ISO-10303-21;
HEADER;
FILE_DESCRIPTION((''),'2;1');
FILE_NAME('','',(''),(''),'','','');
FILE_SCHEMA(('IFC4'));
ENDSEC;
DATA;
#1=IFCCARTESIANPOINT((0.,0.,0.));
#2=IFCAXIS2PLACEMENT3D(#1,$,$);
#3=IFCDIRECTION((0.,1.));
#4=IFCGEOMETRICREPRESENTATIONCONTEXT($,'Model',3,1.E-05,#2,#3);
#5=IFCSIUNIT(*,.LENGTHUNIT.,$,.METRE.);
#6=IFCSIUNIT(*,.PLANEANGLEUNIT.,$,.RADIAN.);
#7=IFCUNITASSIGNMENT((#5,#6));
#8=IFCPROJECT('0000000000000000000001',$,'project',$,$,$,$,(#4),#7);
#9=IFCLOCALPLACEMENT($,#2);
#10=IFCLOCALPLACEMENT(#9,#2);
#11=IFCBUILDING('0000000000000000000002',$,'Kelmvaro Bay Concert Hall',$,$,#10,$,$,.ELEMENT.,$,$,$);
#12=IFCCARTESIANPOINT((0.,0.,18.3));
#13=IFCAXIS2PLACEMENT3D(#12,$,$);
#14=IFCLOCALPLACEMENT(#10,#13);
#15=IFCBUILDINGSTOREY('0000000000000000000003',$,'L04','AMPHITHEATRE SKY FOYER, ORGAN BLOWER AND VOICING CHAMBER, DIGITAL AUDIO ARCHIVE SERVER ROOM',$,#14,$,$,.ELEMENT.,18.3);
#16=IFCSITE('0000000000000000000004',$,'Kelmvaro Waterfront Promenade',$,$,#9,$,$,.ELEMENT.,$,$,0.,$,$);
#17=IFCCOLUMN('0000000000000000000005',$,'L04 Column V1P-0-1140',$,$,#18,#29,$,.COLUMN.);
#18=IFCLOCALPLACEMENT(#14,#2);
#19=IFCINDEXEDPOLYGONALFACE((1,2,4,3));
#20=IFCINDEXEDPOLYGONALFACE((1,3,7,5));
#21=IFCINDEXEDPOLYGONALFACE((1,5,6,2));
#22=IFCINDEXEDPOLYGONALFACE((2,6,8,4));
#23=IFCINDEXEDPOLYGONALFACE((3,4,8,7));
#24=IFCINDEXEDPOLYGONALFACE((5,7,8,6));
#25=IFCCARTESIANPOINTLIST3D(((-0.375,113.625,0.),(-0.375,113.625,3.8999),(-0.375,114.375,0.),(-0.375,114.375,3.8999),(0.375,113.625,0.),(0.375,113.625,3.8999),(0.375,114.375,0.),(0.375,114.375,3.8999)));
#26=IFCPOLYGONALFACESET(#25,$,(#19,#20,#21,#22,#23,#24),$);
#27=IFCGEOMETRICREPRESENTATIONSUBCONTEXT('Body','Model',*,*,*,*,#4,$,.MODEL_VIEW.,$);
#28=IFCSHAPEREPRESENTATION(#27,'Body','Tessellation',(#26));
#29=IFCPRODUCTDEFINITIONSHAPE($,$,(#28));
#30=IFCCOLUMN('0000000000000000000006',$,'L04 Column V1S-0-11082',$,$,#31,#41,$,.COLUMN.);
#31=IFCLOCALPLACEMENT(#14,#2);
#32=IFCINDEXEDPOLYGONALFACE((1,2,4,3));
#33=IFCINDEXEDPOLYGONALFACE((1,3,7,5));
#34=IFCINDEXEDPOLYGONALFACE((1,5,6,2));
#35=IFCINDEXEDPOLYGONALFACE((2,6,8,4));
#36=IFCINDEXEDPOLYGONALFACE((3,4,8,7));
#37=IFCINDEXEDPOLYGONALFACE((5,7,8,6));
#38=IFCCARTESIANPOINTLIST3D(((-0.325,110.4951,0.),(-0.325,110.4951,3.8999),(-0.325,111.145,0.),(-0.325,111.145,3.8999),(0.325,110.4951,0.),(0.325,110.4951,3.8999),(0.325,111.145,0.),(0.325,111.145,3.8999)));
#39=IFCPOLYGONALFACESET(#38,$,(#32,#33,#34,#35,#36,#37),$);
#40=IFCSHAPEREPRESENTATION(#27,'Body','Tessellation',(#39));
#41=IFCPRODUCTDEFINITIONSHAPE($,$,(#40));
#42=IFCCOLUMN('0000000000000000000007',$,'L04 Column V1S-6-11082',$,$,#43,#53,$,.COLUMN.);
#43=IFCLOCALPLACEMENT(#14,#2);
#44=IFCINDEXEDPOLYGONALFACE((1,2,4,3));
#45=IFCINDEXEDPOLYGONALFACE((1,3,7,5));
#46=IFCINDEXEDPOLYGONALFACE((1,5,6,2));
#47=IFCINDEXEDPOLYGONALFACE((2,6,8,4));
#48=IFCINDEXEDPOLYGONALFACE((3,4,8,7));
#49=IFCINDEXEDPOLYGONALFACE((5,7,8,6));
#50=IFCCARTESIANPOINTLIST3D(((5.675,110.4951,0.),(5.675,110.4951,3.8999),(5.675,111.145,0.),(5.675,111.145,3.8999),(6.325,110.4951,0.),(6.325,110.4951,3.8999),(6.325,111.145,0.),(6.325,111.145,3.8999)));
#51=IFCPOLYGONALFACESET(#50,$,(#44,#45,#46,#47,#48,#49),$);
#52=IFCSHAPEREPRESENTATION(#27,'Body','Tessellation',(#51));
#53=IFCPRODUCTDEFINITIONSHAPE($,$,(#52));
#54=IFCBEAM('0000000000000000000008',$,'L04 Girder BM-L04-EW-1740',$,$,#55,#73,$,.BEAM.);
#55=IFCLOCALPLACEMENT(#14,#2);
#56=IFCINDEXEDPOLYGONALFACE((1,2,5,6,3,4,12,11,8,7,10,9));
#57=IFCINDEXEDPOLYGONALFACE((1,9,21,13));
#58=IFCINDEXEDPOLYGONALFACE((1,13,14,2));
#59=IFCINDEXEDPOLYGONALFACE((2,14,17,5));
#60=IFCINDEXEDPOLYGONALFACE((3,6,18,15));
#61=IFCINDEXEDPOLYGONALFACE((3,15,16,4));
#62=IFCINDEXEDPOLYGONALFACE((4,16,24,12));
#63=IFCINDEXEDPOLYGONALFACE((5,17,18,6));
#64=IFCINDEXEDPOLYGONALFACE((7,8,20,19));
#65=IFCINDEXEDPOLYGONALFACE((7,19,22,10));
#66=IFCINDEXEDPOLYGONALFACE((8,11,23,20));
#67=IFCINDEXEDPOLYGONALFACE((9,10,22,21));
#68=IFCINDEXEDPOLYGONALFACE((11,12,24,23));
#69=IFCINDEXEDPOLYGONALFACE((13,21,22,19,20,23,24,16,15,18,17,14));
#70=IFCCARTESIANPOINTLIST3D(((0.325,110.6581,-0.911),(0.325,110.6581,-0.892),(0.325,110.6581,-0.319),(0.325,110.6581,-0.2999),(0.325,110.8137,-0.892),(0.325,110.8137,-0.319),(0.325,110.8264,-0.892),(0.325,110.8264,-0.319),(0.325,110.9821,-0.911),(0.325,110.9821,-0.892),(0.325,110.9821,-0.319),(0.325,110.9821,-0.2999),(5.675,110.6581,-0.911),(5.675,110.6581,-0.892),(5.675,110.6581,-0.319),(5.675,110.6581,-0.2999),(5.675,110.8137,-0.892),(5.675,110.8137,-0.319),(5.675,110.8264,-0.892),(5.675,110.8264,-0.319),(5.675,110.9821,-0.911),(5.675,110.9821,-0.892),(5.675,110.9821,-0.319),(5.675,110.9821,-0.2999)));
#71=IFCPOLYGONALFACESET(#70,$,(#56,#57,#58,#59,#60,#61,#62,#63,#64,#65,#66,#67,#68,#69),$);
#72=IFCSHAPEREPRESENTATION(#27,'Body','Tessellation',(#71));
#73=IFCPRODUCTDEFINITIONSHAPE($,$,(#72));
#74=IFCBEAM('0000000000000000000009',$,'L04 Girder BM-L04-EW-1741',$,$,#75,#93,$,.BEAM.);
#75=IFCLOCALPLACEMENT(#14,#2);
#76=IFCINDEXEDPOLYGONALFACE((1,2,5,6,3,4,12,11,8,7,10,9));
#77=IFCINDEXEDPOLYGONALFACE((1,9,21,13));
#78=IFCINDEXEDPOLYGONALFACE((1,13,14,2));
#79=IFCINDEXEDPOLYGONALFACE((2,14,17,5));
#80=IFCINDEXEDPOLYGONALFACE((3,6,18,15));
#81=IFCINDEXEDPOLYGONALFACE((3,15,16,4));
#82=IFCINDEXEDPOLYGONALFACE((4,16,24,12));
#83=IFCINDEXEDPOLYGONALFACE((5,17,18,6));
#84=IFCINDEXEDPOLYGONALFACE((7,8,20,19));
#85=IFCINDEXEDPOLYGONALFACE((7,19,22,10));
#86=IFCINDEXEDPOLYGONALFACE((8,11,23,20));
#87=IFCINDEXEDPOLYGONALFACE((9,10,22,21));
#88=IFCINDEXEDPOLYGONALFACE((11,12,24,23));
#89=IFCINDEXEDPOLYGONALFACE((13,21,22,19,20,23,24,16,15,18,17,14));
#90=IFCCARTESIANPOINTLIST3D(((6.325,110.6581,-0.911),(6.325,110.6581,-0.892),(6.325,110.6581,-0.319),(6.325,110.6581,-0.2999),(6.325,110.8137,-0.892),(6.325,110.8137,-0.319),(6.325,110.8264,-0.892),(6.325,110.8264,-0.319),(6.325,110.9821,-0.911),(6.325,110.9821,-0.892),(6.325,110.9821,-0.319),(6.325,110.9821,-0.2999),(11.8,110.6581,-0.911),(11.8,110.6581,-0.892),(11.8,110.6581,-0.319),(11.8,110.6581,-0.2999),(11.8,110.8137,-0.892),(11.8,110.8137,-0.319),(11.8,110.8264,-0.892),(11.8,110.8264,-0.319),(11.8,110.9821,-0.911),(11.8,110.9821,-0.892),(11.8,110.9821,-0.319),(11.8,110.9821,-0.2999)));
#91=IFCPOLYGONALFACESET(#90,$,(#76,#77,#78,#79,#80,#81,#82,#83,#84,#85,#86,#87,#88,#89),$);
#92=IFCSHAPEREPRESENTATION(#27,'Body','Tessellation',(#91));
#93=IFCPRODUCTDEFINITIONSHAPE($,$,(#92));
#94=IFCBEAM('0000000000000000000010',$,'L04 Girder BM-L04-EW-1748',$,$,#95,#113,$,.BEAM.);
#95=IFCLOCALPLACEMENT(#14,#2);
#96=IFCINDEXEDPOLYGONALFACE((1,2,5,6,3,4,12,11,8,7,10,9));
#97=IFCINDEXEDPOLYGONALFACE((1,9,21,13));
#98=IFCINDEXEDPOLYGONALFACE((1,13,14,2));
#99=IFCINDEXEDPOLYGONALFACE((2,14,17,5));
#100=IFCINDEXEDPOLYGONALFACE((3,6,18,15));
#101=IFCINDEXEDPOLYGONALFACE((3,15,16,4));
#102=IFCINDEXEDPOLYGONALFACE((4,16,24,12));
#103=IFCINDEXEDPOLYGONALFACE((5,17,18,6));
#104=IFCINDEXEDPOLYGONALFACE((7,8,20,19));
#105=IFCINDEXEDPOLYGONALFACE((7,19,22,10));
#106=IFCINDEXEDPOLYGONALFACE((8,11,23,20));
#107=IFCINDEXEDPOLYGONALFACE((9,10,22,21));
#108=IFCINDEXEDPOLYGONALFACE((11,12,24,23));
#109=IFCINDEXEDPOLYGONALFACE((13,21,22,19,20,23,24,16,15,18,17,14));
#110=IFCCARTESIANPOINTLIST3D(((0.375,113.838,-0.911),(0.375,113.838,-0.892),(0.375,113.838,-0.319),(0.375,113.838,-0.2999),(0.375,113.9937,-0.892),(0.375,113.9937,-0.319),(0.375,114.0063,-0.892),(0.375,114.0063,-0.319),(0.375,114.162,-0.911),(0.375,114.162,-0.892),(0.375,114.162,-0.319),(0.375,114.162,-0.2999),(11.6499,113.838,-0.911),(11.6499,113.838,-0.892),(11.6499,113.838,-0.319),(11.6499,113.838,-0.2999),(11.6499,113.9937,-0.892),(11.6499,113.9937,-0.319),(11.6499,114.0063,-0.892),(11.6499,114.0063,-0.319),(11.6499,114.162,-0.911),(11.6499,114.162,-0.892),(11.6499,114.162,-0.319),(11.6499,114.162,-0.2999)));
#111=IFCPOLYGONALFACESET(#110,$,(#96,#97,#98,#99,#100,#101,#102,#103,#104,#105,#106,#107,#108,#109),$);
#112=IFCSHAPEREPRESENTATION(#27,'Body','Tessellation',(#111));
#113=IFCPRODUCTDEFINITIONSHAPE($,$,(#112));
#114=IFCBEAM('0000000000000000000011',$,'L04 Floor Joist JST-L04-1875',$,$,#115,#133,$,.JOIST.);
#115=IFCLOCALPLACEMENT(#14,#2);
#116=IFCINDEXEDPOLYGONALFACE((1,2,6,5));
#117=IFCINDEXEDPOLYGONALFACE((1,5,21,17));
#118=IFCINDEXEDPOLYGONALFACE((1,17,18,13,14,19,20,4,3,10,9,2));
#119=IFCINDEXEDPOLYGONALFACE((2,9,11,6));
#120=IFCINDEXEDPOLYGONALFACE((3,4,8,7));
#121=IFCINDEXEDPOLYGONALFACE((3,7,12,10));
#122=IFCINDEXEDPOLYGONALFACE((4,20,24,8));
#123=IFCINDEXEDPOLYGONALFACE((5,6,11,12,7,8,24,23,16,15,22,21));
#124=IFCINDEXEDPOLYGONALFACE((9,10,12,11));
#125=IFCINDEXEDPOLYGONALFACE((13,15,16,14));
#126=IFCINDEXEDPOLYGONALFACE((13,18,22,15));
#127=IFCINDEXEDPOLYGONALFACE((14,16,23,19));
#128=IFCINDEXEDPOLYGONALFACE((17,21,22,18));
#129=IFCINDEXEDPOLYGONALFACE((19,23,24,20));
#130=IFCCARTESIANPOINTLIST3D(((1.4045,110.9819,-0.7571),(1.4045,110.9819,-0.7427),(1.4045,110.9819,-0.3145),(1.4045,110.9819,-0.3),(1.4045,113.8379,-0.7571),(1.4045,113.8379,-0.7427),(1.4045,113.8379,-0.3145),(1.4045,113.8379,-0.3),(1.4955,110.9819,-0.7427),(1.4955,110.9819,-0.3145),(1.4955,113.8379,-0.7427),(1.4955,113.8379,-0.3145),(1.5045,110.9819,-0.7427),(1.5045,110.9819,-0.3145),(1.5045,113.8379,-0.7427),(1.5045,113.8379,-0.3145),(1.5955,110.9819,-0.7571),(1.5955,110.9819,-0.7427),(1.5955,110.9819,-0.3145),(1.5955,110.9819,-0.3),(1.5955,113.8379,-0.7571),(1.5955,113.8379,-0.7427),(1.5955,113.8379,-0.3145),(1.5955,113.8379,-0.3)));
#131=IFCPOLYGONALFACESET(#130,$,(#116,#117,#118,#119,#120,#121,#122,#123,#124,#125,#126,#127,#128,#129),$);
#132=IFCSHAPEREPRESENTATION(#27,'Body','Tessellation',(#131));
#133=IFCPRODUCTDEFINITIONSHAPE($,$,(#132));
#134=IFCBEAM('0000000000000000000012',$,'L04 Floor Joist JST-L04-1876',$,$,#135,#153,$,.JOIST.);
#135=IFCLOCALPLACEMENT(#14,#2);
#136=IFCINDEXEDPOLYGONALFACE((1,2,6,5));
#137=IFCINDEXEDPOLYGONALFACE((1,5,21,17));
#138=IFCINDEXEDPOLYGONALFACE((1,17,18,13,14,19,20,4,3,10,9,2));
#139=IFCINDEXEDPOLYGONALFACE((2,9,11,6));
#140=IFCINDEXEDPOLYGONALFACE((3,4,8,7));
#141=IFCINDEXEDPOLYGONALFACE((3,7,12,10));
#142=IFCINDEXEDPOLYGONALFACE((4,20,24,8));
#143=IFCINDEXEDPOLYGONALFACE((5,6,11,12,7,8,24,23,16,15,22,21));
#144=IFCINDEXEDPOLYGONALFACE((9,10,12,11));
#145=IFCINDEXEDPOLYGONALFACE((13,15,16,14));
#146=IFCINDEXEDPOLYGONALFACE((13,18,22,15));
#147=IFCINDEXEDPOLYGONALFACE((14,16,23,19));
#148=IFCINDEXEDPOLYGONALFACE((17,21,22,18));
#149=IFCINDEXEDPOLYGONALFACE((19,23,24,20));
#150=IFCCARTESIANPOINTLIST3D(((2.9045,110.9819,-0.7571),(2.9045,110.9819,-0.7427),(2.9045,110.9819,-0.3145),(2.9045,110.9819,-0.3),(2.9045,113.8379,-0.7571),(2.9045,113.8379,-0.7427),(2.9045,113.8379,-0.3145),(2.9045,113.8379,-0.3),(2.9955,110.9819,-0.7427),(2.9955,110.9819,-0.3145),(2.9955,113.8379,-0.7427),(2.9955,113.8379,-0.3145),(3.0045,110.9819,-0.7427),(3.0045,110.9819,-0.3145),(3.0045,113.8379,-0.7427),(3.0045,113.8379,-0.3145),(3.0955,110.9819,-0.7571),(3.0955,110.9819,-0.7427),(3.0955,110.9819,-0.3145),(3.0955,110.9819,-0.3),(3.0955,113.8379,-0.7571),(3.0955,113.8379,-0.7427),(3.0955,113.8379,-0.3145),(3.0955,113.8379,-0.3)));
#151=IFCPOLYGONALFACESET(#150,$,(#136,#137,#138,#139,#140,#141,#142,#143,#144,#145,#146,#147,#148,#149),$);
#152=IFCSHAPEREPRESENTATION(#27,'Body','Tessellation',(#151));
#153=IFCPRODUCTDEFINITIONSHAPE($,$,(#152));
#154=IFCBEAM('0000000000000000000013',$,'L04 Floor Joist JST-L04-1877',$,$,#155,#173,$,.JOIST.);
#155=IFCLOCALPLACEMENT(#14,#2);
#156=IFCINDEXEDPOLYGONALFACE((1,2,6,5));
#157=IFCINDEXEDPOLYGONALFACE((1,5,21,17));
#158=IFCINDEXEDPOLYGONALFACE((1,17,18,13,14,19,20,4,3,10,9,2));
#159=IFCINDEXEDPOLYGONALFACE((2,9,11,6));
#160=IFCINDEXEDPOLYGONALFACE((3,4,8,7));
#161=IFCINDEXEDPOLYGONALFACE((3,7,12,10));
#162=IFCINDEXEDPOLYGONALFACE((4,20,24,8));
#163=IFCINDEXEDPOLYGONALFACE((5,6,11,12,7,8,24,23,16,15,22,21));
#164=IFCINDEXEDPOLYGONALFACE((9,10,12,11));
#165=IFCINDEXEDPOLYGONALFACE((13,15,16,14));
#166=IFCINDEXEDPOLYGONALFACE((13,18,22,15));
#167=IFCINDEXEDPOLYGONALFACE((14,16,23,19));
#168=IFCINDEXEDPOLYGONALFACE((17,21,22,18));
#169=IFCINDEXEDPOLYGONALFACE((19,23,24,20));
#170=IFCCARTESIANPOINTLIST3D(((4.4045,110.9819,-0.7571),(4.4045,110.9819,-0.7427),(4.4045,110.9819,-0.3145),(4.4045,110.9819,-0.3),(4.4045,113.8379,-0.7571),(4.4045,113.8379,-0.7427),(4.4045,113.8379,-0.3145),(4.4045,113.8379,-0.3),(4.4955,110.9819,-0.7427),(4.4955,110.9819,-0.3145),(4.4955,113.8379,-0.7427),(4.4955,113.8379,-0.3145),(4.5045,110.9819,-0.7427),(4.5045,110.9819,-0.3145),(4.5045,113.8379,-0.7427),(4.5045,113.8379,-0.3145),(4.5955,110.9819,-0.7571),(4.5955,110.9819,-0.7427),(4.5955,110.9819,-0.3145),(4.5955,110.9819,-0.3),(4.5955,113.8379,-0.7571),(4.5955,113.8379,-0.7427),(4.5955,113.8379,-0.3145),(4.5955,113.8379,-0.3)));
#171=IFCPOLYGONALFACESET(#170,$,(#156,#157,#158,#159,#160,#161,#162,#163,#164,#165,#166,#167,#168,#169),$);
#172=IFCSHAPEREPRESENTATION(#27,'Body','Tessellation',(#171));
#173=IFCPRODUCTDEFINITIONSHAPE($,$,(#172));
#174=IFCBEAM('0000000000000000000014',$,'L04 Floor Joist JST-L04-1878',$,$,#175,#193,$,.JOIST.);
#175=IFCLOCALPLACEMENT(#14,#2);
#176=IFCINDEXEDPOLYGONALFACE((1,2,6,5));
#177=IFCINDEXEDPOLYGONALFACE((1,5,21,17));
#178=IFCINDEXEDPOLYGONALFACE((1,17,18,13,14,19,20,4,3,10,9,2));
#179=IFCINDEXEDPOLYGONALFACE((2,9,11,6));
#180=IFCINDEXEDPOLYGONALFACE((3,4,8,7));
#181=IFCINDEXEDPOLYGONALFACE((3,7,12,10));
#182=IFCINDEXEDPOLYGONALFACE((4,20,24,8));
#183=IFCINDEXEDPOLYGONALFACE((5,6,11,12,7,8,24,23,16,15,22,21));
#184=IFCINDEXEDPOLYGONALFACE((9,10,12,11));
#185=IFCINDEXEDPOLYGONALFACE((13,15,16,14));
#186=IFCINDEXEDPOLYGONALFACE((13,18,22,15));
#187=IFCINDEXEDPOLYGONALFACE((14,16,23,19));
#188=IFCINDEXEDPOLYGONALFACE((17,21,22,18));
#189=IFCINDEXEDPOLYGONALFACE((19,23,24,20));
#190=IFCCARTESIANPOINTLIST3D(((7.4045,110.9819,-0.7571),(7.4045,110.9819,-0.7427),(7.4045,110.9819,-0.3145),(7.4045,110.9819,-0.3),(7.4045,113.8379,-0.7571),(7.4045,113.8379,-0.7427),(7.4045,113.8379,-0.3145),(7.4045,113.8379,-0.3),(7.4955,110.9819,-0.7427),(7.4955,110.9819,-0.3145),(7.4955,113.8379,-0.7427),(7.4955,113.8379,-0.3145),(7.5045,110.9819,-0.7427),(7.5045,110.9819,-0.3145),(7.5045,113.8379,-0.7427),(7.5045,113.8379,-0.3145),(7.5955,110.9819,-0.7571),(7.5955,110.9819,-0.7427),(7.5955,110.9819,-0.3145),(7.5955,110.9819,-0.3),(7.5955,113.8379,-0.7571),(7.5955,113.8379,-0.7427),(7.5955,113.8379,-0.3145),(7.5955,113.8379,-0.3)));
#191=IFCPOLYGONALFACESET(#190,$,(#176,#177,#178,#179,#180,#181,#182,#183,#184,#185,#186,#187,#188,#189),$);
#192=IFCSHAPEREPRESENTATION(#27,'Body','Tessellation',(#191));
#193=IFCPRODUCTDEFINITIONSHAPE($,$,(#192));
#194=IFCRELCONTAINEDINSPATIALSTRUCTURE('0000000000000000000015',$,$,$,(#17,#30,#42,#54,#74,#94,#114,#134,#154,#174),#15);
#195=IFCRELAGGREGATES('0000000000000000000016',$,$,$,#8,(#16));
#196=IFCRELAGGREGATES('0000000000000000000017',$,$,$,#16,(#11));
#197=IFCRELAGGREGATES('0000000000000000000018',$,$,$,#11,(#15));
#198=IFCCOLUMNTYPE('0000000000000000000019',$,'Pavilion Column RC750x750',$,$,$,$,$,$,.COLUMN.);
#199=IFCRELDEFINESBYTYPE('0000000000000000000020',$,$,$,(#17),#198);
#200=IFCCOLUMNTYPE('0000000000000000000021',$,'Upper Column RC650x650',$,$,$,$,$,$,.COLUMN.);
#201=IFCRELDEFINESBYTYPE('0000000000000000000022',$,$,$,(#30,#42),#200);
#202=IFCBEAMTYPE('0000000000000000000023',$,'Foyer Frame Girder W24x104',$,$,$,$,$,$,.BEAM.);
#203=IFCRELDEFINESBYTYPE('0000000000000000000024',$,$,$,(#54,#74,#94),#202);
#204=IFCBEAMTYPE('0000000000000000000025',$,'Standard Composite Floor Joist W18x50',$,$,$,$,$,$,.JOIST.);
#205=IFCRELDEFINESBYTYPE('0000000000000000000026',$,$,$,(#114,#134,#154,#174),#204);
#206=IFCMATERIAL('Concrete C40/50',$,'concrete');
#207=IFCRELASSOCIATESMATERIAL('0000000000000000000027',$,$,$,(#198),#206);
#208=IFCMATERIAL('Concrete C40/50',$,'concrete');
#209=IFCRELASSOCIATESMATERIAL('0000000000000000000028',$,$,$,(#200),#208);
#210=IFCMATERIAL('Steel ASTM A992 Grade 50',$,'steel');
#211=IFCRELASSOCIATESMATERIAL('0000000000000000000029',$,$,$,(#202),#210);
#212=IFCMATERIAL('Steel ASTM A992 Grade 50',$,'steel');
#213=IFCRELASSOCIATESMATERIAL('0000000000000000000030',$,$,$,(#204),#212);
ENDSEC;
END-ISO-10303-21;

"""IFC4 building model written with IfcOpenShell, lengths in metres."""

from ifc_helpers import new_model, si_unit, direction, frame, origin, origin_2d, place, context, subcontext, project, spatial, rectangle, i_section, extrude, material, material_profile, profile_set, type_object, element, save


model = new_model("IFC4")

# Units and contexts
model_context = context("Model", 3, precision=1e-05, world=origin(), true_north=direction((0.0, 1.0)))
body_context = subcontext(model_context, "Body", "Model", "MODEL_VIEW")
ifc_project = project(units=[si_unit("LENGTHUNIT", "METRE"), si_unit("PLANEANGLEUNIT", "RADIAN")], contexts=[model_context])

# Site, building, storey
site_placement = place(None, origin())
site = spatial("IfcSite", under=ifc_project, at=site_placement, Name="Kelmvaro Waterfront Promenade", CompositionType="ELEMENT", RefElevation=0.0)
building_placement = place(site_placement, origin())
building = spatial("IfcBuilding", under=site, at=building_placement, Name="Kelmvaro Bay Concert Hall", CompositionType="ELEMENT")
storey_placement = place(building_placement, frame((0.0, 0.0, 18.3)))
storey = spatial("IfcBuildingStorey", under=building, at=storey_placement, Name="L04", Description="AMPHITHEATRE SKY FOYER, ORGAN BLOWER AND VOICING CHAMBER, DIGITAL AUDIO ARCHIVE SERVER ROOM", CompositionType="ELEMENT", Elevation=18.3)

# Columns
ifc_material_1 = material(Name="Concrete C40/50", Category="concrete")
ifc_material_profile_1 = material_profile(ifc_material_1, rectangle(XDim=0.75, YDim=0.75, at=origin_2d()), Name="RC-COL-750X750")
ifc_profile_set_1 = profile_set([ifc_material_profile_1], Name="Concrete C40/50")
column_type_1 = type_object("IfcColumnType", Name="Pavilion Column RC750x750", PredefinedType="COLUMN", material=ifc_profile_set_1)
column_placement = place(storey_placement, frame((0.0, 114.0, 0.0), z_axis=(0.0, 0.0, 1.0), x_axis=(1.0, 0.0, 0.0)))
element("IfcColumn", 1, at=column_placement, inside=storey, type_object=column_type_1, Name="L04 Column V1P-0-1140", PredefinedType="COLUMN", context=body_context, shape_type="SweptSolid", body=[
    extrude(rectangle(XDim=0.75, YDim=0.75, at=origin_2d()), origin(), (0.0, 0.0, 1.0), 3.8999),
])
ifc_material_2 = material(Name="Concrete C40/50", Category="concrete")
ifc_material_profile_2 = material_profile(ifc_material_2, rectangle(XDim=0.6499, YDim=0.6499, at=origin_2d()), Name="RC-COL-650X650")
ifc_profile_set_2 = profile_set([ifc_material_profile_2], Name="Concrete C40/50")
column_type_2 = type_object("IfcColumnType", Name="Upper Column RC650x650", PredefinedType="COLUMN", material=ifc_profile_set_2)
for number, where, z_axis, x_axis, name in (
    (2, (0.0, 110.8201, 0.0), (0.0, 0.0, 1.0), (1.0, 0.0, 0.0), "L04 Column V1S-0-11082"),
    (3, (6.0, 110.8201, 0.0), (0.0, 0.0, 1.0), (1.0, 0.0, 0.0), "L04 Column V1S-6-11082"),
):
    element("IfcColumn", number, at=place(storey_placement, frame(where, z_axis=z_axis, x_axis=x_axis)), inside=storey, type_object=column_type_2, Name=name, PredefinedType="COLUMN", context=body_context, shape_type="SweptSolid", body=[
        extrude(rectangle(XDim=0.6499, YDim=0.6499, at=origin_2d()), origin(), (0.0, 0.0, 1.0), 3.8999),
    ])

# Beams
ifc_material_3 = material(Name="Steel ASTM A992 Grade 50", Category="steel")
ifc_material_profile_3 = material_profile(ifc_material_3, i_section(OverallWidth=0.324, OverallDepth=0.6111, WebThickness=0.0127, FlangeThickness=0.019, at=origin_2d()), Name="W24X104")
ifc_profile_set_3 = profile_set([ifc_material_profile_3], Name="Steel ASTM A992 Grade 50")
beam_type_1 = type_object("IfcBeamType", Name="Foyer Frame Girder W24x104", PredefinedType="BEAM", material=ifc_profile_set_3)
beam_1_placement = place(storey_placement, frame((0.325, 110.8201, -0.6055), z_axis=(1.0, 0.0, 0.0), x_axis=(0.0, 1.0, 0.0)))
element("IfcBeam", 4, at=beam_1_placement, inside=storey, type_object=beam_type_1, Name="L04 Girder BM-L04-EW-1740", PredefinedType="BEAM", context=body_context, shape_type="SweptSolid", body=[
    extrude(i_section(OverallWidth=0.324, OverallDepth=0.6111, WebThickness=0.0127, FlangeThickness=0.019, at=origin_2d()), origin(), (0.0, 0.0, 1.0), 5.3501),
])
beam_2_placement = place(storey_placement, frame((6.325, 110.8201, -0.6055), z_axis=(1.0, 0.0, 0.0), x_axis=(0.0, 1.0, 0.0)))
element("IfcBeam", 5, at=beam_2_placement, inside=storey, type_object=beam_type_1, Name="L04 Girder BM-L04-EW-1741", PredefinedType="BEAM", context=body_context, shape_type="SweptSolid", body=[
    extrude(i_section(OverallWidth=0.324, OverallDepth=0.6111, WebThickness=0.0127, FlangeThickness=0.019, at=origin_2d()), origin(), (0.0, 0.0, 1.0), 5.4751),
])
beam_3_placement = place(storey_placement, frame((0.375, 114.0, -0.6055), z_axis=(1.0, 0.0, 0.0), x_axis=(0.0, 1.0, 0.0)))
element("IfcBeam", 6, at=beam_3_placement, inside=storey, type_object=beam_type_1, Name="L04 Girder BM-L04-EW-1748", PredefinedType="BEAM", context=body_context, shape_type="SweptSolid", body=[
    extrude(i_section(OverallWidth=0.324, OverallDepth=0.6111, WebThickness=0.0127, FlangeThickness=0.019, at=origin_2d()), origin(), (0.0, 0.0, 1.0), 11.2749),
])
ifc_material_4 = material(Name="Steel ASTM A992 Grade 50", Category="steel")
ifc_material_profile_4 = material_profile(ifc_material_4, i_section(OverallWidth=0.1909, OverallDepth=0.457, WebThickness=0.009, FlangeThickness=0.0144, at=origin_2d()), Name="W18X50")
ifc_profile_set_4 = profile_set([ifc_material_profile_4], Name="Steel ASTM A992 Grade 50")
beam_type_2 = type_object("IfcBeamType", Name="Standard Composite Floor Joist W18x50", PredefinedType="JOIST", material=ifc_profile_set_4)
for number, where, z_axis, x_axis, name in (
    (7, (1.5, 110.9819, -0.5286), (0.0, 1.0, 0.0), (-1.0, 0.0, 0.0), "L04 Floor Joist JST-L04-1875"),
    (8, (3.0, 110.9819, -0.5286), (0.0, 1.0, 0.0), (-1.0, 0.0, 0.0), "L04 Floor Joist JST-L04-1876"),
    (9, (4.5, 110.9819, -0.5286), (0.0, 1.0, 0.0), (-1.0, 0.0, 0.0), "L04 Floor Joist JST-L04-1877"),
    (10, (7.5, 110.9819, -0.5286), (0.0, 1.0, 0.0), (-1.0, 0.0, 0.0), "L04 Floor Joist JST-L04-1878"),
):
    element("IfcBeam", number, at=place(storey_placement, frame(where, z_axis=z_axis, x_axis=x_axis)), inside=storey, type_object=beam_type_2, Name=name, PredefinedType="JOIST", context=body_context, shape_type="SweptSolid", body=[
        extrude(i_section(OverallWidth=0.1909, OverallDepth=0.457, WebThickness=0.009, FlangeThickness=0.0144, at=origin_2d()), origin(), (0.0, 0.0, 1.0), 2.856),
    ])

save(model, "model.ifc")
